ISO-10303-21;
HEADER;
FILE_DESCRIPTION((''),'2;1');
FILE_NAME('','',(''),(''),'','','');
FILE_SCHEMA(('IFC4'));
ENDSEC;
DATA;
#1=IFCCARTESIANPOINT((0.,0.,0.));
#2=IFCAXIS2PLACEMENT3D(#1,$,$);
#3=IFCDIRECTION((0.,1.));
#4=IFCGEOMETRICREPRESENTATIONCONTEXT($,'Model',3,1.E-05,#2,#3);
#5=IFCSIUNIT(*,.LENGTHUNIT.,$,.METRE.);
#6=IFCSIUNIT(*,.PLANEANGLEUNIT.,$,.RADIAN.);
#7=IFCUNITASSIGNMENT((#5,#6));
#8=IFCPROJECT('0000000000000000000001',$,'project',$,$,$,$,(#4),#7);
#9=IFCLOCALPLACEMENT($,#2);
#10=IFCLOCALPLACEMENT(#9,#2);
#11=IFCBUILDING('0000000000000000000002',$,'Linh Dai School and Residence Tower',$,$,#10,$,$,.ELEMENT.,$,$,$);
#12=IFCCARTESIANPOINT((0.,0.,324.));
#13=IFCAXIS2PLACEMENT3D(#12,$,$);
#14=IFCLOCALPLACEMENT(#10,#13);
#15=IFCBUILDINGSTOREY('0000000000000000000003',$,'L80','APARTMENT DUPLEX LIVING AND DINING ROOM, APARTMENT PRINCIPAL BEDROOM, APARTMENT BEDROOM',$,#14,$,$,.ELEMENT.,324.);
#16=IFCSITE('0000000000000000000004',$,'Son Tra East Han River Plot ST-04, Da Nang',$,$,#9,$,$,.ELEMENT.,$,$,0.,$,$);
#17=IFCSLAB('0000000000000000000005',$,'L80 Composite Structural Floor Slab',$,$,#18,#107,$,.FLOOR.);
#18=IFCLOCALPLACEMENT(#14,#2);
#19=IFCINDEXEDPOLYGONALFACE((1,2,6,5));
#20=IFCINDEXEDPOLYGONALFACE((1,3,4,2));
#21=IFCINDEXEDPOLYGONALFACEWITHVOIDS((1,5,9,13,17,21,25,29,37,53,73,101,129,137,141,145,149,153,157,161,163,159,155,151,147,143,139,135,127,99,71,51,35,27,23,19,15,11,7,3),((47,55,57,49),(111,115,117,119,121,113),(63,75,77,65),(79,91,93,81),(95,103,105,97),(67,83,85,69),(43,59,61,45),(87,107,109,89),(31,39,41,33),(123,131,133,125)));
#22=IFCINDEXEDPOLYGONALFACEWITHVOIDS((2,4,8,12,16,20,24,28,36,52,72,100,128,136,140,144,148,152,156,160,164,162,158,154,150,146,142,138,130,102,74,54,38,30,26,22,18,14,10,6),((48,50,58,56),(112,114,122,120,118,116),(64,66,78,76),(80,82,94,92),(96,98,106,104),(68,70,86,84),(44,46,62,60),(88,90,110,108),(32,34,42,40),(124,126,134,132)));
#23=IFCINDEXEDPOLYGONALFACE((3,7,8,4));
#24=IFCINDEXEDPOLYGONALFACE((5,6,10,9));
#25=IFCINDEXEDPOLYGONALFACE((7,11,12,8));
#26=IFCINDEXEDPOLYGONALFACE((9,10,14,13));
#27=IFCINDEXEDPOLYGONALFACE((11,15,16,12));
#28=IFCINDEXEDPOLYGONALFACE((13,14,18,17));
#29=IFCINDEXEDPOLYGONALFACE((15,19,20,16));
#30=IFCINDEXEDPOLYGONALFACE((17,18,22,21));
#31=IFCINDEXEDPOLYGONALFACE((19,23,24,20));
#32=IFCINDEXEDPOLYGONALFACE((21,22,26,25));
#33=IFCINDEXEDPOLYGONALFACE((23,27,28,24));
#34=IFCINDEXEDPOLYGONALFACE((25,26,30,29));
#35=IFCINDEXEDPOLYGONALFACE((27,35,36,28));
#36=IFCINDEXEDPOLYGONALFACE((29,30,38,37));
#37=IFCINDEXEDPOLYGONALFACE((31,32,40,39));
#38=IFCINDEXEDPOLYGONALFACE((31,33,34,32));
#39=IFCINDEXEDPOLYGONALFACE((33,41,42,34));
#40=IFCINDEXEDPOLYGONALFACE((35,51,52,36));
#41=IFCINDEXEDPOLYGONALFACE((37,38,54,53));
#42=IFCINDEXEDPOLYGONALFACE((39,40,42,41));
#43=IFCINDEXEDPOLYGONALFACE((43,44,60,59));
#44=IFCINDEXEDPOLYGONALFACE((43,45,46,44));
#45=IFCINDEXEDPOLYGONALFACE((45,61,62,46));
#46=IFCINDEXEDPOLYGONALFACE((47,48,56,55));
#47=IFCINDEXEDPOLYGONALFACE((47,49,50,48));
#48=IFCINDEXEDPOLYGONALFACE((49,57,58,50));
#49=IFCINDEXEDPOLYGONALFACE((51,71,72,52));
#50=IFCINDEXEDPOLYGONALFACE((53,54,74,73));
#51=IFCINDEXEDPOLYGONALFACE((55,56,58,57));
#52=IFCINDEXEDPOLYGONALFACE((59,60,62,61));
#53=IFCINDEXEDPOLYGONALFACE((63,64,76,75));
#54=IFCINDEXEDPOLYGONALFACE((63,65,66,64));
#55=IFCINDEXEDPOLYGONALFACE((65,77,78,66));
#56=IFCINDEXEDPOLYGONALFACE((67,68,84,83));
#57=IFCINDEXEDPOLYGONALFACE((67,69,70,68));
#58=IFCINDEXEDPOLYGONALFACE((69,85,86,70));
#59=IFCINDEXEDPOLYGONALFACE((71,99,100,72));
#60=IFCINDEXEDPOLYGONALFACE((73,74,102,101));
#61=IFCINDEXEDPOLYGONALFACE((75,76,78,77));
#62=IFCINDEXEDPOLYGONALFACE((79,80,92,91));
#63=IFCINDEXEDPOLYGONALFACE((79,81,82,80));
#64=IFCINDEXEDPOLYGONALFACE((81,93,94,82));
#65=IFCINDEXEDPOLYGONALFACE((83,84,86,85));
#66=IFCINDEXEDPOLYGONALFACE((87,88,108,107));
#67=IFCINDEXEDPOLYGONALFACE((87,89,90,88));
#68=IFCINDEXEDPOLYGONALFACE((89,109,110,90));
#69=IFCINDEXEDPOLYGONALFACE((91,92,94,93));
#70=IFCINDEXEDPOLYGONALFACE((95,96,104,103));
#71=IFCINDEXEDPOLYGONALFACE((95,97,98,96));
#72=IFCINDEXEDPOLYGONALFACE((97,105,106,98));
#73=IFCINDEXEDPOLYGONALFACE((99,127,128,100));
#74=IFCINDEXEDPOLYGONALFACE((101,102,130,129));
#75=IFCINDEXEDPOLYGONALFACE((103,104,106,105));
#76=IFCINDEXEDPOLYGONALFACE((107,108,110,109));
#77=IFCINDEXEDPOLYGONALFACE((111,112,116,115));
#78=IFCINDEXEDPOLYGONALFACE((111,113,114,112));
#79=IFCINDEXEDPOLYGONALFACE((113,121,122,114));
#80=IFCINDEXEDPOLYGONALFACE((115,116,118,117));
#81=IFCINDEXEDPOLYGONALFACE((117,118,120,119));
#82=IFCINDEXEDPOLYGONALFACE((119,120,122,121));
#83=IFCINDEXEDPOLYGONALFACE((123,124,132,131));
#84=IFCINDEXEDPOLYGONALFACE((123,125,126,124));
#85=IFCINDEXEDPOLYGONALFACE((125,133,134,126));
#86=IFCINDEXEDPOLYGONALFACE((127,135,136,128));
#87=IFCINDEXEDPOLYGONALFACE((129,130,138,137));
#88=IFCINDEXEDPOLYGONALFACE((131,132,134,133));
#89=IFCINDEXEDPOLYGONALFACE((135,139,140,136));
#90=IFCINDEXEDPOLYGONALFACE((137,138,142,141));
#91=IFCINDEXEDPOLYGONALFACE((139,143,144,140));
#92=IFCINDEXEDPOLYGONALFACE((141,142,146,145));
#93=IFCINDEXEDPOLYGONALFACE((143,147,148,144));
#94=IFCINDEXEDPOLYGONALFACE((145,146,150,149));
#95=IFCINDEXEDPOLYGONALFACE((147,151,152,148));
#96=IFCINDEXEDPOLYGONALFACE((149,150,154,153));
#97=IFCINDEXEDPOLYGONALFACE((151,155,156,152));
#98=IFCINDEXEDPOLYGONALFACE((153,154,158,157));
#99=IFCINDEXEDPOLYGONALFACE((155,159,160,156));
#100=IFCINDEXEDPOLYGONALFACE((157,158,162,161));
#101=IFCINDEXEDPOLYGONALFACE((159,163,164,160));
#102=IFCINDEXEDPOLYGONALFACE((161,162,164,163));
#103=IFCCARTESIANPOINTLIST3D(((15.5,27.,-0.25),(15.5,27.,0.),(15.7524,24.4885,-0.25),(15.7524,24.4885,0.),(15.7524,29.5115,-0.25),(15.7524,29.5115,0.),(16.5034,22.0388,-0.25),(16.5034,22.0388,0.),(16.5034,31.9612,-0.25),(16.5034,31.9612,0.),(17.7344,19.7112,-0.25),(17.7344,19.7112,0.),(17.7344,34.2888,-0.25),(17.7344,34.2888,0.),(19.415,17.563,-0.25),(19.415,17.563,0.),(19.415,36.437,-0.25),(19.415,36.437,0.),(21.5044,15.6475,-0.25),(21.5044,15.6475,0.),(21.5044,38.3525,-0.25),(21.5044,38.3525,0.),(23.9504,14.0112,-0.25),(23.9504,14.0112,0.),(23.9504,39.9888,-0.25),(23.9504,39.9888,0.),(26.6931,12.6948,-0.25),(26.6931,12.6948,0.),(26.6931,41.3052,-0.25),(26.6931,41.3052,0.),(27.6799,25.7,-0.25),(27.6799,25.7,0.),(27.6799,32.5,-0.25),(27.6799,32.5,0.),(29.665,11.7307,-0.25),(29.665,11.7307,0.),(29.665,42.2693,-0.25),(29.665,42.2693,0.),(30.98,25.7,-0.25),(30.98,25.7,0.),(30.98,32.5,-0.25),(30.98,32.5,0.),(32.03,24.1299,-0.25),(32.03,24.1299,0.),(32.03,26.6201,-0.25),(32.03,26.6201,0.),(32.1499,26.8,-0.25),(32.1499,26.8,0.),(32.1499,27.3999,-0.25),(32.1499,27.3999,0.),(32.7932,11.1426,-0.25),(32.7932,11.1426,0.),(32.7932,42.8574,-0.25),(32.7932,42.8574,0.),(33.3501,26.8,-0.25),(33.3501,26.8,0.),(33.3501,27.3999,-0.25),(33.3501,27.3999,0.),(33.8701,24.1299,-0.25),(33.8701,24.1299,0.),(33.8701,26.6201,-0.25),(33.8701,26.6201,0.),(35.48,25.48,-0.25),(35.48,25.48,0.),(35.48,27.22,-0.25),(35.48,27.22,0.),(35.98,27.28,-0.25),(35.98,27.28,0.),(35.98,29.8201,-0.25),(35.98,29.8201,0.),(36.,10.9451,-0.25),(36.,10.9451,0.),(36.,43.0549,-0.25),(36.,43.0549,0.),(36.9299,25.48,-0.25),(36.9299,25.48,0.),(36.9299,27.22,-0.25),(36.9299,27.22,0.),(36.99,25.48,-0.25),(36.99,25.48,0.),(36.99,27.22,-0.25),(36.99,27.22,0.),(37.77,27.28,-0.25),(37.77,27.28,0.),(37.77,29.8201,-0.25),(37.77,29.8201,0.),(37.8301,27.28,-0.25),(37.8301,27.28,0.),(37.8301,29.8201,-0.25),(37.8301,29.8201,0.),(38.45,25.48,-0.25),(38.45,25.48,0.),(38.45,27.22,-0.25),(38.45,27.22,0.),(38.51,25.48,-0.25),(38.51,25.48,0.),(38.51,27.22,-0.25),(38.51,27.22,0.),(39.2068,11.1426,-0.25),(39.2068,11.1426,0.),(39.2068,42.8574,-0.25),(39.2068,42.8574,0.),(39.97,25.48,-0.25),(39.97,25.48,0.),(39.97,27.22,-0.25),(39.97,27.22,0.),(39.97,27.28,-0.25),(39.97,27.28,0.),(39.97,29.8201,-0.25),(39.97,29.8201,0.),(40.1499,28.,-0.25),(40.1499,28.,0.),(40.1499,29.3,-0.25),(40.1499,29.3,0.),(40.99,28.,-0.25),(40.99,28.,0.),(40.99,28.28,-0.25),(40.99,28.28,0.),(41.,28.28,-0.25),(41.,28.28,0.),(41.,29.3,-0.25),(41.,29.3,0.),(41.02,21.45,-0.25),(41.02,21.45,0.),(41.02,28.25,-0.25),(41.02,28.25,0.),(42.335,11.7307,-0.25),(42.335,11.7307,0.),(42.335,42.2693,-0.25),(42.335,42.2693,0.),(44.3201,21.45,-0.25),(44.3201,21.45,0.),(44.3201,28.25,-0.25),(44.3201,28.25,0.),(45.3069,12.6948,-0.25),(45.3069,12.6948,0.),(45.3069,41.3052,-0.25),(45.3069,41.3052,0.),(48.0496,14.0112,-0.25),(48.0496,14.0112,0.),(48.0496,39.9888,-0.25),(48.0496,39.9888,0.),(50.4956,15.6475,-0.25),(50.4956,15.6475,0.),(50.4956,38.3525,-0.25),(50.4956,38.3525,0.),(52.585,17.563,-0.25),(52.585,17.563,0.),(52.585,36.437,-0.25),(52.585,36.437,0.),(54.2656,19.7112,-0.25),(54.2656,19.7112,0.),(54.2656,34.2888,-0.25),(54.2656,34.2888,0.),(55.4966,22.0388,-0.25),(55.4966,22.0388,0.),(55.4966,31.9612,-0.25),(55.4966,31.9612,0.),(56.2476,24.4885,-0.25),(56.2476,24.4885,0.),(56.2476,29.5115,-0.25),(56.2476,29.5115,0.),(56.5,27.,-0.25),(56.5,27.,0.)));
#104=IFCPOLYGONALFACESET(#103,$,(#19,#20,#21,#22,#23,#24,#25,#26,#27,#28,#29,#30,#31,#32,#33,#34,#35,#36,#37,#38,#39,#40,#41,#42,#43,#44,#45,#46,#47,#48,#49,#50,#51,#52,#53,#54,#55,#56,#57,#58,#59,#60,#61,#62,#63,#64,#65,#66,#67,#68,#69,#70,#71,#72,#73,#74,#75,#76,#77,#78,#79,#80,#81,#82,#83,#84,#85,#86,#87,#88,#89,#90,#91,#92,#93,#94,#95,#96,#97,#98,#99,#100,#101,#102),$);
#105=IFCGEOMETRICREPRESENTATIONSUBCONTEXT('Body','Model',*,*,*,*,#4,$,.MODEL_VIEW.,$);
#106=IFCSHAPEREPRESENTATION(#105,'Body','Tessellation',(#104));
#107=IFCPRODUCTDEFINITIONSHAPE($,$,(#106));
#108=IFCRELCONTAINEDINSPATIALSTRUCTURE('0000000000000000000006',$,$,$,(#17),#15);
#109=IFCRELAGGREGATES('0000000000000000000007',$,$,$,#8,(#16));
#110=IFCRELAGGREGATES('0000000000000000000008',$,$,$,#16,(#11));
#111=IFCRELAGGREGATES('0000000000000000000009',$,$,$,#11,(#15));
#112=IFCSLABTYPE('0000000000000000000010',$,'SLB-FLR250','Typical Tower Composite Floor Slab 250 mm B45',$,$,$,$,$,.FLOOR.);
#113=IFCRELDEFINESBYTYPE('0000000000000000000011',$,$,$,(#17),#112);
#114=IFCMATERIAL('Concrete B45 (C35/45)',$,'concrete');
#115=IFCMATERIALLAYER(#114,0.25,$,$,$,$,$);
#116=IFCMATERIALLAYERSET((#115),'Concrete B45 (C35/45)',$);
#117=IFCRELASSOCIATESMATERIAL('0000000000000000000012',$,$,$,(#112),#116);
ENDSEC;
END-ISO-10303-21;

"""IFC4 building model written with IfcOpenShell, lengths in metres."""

from ifc_helpers import new_model, si_unit, direction, frame, origin, place, context, subcontext, project, spatial, polyline, outline, extrude, material, layer, layer_set, type_object, element, save


model = new_model("IFC4")

# Units and contexts
model_context = context("Model", 3, precision=1e-05, world=origin(), true_north=direction((0.0, 1.0)))
body_context = subcontext(model_context, "Body", "Model", "MODEL_VIEW")
ifc_project = project(units=[si_unit("LENGTHUNIT", "METRE"), si_unit("PLANEANGLEUNIT", "RADIAN")], contexts=[model_context])

# Site, building, storey
site_placement = place(None, origin())
site = spatial("IfcSite", under=ifc_project, at=site_placement, Name="Son Tra East Han River Plot ST-04, Da Nang", CompositionType="ELEMENT", RefElevation=0.0)
building_placement = place(site_placement, origin())
building = spatial("IfcBuilding", under=site, at=building_placement, Name="Linh Dai School and Residence Tower", CompositionType="ELEMENT")
storey_placement = place(building_placement, frame((0.0, 0.0, 324.0)))
storey = spatial("IfcBuildingStorey", under=building, at=storey_placement, Name="L80", Description="APARTMENT DUPLEX LIVING AND DINING ROOM, APARTMENT PRINCIPAL BEDROOM, APARTMENT BEDROOM", CompositionType="ELEMENT", Elevation=324.0)

# Slab
ifc_material_1 = material(Name="Concrete B45 (C35/45)", Category="concrete")
ifc_layer_1 = layer(ifc_material_1, 0.25)
ifc_layer_set_1 = layer_set([ifc_layer_1], Name="Concrete B45 (C35/45)")
slab_type_1 = type_object("IfcSlabType", Name="SLB-FLR250", Description="Typical Tower Composite Floor Slab 250 mm B45", PredefinedType="FLOOR", material=ifc_layer_set_1)
slab_1_placement = place(storey_placement, frame((0.0, 0.0, -0.25)))
element("IfcSlab", 1, at=slab_1_placement, inside=storey, type_object=slab_type_1, Name="L80 Composite Structural Floor Slab", PredefinedType="FLOOR", context=body_context, shape_type="SweptSolid", body=[
    extrude(outline(polyline([(56.5, 27.0), (56.2476, 29.5115), (55.4966, 31.9612), (54.2656, 34.2888), (52.585, 36.437), (50.4956, 38.3525), (48.0496, 39.9888), (45.3069, 41.3052), (42.335, 42.2693), (39.2068, 42.8574), (36.0, 43.0549), (32.7932, 42.8574), (29.665, 42.2693), (26.6931, 41.3052), (23.9504, 39.9888), (21.5044, 38.3525), (19.415, 36.437), (17.7344, 34.2888), (16.5034, 31.9612), (15.7524, 29.5115), (15.5, 27.0), (15.7524, 24.4885), (16.5034, 22.0388), (17.7344, 19.7112), (19.415, 17.563), (21.5044, 15.6475), (23.9504, 14.0112), (26.6931, 12.6948), (29.665, 11.7307), (32.7932, 11.1426), (36.0, 10.9451), (39.2068, 11.1426), (42.335, 11.7307), (45.3069, 12.6948), (48.0496, 14.0112), (50.4956, 15.6475), (52.585, 17.563), (54.2656, 19.7112), (55.4966, 22.0388), (56.2476, 24.4885), (56.5, 27.0)]), holes=[polyline([(30.98, 25.7), (30.98, 32.5), (27.6799, 32.5), (27.6799, 25.7), (30.98, 25.7)]), polyline([(41.02, 28.25), (41.02, 21.45), (44.3201, 21.45), (44.3201, 28.25), (41.02, 28.25)]), polyline([(35.98, 27.28), (37.77, 27.28), (37.77, 29.8201), (35.98, 29.8201), (35.98, 27.28)]), polyline([(32.03, 24.1299), (33.8701, 24.1299), (33.8701, 26.6201), (32.03, 26.6201), (32.03, 24.1299)]), polyline([(37.8301, 27.28), (39.97, 27.28), (39.97, 29.8201), (37.8301, 29.8201), (37.8301, 27.28)]), polyline([(35.48, 25.48), (36.9299, 25.48), (36.9299, 27.22), (35.48, 27.22), (35.48, 25.48)]), polyline([(36.99, 25.48), (38.45, 25.48), (38.45, 27.22), (36.99, 27.22), (36.99, 25.48)]), polyline([(38.51, 25.48), (39.97, 25.48), (39.97, 27.22), (38.51, 27.22), (38.51, 25.48)]), polyline([(40.1499, 28.0), (40.1499, 29.3), (41.0, 29.3), (41.0, 28.28), (40.99, 28.28), (40.99, 28.0), (40.1499, 28.0)]), polyline([(32.1499, 26.8), (33.3501, 26.8), (33.3501, 27.3999), (32.1499, 27.3999), (32.1499, 26.8)])]), origin(), (0.0, 0.0, 1.0), 0.25),
])

save(model, "model.ifc")
